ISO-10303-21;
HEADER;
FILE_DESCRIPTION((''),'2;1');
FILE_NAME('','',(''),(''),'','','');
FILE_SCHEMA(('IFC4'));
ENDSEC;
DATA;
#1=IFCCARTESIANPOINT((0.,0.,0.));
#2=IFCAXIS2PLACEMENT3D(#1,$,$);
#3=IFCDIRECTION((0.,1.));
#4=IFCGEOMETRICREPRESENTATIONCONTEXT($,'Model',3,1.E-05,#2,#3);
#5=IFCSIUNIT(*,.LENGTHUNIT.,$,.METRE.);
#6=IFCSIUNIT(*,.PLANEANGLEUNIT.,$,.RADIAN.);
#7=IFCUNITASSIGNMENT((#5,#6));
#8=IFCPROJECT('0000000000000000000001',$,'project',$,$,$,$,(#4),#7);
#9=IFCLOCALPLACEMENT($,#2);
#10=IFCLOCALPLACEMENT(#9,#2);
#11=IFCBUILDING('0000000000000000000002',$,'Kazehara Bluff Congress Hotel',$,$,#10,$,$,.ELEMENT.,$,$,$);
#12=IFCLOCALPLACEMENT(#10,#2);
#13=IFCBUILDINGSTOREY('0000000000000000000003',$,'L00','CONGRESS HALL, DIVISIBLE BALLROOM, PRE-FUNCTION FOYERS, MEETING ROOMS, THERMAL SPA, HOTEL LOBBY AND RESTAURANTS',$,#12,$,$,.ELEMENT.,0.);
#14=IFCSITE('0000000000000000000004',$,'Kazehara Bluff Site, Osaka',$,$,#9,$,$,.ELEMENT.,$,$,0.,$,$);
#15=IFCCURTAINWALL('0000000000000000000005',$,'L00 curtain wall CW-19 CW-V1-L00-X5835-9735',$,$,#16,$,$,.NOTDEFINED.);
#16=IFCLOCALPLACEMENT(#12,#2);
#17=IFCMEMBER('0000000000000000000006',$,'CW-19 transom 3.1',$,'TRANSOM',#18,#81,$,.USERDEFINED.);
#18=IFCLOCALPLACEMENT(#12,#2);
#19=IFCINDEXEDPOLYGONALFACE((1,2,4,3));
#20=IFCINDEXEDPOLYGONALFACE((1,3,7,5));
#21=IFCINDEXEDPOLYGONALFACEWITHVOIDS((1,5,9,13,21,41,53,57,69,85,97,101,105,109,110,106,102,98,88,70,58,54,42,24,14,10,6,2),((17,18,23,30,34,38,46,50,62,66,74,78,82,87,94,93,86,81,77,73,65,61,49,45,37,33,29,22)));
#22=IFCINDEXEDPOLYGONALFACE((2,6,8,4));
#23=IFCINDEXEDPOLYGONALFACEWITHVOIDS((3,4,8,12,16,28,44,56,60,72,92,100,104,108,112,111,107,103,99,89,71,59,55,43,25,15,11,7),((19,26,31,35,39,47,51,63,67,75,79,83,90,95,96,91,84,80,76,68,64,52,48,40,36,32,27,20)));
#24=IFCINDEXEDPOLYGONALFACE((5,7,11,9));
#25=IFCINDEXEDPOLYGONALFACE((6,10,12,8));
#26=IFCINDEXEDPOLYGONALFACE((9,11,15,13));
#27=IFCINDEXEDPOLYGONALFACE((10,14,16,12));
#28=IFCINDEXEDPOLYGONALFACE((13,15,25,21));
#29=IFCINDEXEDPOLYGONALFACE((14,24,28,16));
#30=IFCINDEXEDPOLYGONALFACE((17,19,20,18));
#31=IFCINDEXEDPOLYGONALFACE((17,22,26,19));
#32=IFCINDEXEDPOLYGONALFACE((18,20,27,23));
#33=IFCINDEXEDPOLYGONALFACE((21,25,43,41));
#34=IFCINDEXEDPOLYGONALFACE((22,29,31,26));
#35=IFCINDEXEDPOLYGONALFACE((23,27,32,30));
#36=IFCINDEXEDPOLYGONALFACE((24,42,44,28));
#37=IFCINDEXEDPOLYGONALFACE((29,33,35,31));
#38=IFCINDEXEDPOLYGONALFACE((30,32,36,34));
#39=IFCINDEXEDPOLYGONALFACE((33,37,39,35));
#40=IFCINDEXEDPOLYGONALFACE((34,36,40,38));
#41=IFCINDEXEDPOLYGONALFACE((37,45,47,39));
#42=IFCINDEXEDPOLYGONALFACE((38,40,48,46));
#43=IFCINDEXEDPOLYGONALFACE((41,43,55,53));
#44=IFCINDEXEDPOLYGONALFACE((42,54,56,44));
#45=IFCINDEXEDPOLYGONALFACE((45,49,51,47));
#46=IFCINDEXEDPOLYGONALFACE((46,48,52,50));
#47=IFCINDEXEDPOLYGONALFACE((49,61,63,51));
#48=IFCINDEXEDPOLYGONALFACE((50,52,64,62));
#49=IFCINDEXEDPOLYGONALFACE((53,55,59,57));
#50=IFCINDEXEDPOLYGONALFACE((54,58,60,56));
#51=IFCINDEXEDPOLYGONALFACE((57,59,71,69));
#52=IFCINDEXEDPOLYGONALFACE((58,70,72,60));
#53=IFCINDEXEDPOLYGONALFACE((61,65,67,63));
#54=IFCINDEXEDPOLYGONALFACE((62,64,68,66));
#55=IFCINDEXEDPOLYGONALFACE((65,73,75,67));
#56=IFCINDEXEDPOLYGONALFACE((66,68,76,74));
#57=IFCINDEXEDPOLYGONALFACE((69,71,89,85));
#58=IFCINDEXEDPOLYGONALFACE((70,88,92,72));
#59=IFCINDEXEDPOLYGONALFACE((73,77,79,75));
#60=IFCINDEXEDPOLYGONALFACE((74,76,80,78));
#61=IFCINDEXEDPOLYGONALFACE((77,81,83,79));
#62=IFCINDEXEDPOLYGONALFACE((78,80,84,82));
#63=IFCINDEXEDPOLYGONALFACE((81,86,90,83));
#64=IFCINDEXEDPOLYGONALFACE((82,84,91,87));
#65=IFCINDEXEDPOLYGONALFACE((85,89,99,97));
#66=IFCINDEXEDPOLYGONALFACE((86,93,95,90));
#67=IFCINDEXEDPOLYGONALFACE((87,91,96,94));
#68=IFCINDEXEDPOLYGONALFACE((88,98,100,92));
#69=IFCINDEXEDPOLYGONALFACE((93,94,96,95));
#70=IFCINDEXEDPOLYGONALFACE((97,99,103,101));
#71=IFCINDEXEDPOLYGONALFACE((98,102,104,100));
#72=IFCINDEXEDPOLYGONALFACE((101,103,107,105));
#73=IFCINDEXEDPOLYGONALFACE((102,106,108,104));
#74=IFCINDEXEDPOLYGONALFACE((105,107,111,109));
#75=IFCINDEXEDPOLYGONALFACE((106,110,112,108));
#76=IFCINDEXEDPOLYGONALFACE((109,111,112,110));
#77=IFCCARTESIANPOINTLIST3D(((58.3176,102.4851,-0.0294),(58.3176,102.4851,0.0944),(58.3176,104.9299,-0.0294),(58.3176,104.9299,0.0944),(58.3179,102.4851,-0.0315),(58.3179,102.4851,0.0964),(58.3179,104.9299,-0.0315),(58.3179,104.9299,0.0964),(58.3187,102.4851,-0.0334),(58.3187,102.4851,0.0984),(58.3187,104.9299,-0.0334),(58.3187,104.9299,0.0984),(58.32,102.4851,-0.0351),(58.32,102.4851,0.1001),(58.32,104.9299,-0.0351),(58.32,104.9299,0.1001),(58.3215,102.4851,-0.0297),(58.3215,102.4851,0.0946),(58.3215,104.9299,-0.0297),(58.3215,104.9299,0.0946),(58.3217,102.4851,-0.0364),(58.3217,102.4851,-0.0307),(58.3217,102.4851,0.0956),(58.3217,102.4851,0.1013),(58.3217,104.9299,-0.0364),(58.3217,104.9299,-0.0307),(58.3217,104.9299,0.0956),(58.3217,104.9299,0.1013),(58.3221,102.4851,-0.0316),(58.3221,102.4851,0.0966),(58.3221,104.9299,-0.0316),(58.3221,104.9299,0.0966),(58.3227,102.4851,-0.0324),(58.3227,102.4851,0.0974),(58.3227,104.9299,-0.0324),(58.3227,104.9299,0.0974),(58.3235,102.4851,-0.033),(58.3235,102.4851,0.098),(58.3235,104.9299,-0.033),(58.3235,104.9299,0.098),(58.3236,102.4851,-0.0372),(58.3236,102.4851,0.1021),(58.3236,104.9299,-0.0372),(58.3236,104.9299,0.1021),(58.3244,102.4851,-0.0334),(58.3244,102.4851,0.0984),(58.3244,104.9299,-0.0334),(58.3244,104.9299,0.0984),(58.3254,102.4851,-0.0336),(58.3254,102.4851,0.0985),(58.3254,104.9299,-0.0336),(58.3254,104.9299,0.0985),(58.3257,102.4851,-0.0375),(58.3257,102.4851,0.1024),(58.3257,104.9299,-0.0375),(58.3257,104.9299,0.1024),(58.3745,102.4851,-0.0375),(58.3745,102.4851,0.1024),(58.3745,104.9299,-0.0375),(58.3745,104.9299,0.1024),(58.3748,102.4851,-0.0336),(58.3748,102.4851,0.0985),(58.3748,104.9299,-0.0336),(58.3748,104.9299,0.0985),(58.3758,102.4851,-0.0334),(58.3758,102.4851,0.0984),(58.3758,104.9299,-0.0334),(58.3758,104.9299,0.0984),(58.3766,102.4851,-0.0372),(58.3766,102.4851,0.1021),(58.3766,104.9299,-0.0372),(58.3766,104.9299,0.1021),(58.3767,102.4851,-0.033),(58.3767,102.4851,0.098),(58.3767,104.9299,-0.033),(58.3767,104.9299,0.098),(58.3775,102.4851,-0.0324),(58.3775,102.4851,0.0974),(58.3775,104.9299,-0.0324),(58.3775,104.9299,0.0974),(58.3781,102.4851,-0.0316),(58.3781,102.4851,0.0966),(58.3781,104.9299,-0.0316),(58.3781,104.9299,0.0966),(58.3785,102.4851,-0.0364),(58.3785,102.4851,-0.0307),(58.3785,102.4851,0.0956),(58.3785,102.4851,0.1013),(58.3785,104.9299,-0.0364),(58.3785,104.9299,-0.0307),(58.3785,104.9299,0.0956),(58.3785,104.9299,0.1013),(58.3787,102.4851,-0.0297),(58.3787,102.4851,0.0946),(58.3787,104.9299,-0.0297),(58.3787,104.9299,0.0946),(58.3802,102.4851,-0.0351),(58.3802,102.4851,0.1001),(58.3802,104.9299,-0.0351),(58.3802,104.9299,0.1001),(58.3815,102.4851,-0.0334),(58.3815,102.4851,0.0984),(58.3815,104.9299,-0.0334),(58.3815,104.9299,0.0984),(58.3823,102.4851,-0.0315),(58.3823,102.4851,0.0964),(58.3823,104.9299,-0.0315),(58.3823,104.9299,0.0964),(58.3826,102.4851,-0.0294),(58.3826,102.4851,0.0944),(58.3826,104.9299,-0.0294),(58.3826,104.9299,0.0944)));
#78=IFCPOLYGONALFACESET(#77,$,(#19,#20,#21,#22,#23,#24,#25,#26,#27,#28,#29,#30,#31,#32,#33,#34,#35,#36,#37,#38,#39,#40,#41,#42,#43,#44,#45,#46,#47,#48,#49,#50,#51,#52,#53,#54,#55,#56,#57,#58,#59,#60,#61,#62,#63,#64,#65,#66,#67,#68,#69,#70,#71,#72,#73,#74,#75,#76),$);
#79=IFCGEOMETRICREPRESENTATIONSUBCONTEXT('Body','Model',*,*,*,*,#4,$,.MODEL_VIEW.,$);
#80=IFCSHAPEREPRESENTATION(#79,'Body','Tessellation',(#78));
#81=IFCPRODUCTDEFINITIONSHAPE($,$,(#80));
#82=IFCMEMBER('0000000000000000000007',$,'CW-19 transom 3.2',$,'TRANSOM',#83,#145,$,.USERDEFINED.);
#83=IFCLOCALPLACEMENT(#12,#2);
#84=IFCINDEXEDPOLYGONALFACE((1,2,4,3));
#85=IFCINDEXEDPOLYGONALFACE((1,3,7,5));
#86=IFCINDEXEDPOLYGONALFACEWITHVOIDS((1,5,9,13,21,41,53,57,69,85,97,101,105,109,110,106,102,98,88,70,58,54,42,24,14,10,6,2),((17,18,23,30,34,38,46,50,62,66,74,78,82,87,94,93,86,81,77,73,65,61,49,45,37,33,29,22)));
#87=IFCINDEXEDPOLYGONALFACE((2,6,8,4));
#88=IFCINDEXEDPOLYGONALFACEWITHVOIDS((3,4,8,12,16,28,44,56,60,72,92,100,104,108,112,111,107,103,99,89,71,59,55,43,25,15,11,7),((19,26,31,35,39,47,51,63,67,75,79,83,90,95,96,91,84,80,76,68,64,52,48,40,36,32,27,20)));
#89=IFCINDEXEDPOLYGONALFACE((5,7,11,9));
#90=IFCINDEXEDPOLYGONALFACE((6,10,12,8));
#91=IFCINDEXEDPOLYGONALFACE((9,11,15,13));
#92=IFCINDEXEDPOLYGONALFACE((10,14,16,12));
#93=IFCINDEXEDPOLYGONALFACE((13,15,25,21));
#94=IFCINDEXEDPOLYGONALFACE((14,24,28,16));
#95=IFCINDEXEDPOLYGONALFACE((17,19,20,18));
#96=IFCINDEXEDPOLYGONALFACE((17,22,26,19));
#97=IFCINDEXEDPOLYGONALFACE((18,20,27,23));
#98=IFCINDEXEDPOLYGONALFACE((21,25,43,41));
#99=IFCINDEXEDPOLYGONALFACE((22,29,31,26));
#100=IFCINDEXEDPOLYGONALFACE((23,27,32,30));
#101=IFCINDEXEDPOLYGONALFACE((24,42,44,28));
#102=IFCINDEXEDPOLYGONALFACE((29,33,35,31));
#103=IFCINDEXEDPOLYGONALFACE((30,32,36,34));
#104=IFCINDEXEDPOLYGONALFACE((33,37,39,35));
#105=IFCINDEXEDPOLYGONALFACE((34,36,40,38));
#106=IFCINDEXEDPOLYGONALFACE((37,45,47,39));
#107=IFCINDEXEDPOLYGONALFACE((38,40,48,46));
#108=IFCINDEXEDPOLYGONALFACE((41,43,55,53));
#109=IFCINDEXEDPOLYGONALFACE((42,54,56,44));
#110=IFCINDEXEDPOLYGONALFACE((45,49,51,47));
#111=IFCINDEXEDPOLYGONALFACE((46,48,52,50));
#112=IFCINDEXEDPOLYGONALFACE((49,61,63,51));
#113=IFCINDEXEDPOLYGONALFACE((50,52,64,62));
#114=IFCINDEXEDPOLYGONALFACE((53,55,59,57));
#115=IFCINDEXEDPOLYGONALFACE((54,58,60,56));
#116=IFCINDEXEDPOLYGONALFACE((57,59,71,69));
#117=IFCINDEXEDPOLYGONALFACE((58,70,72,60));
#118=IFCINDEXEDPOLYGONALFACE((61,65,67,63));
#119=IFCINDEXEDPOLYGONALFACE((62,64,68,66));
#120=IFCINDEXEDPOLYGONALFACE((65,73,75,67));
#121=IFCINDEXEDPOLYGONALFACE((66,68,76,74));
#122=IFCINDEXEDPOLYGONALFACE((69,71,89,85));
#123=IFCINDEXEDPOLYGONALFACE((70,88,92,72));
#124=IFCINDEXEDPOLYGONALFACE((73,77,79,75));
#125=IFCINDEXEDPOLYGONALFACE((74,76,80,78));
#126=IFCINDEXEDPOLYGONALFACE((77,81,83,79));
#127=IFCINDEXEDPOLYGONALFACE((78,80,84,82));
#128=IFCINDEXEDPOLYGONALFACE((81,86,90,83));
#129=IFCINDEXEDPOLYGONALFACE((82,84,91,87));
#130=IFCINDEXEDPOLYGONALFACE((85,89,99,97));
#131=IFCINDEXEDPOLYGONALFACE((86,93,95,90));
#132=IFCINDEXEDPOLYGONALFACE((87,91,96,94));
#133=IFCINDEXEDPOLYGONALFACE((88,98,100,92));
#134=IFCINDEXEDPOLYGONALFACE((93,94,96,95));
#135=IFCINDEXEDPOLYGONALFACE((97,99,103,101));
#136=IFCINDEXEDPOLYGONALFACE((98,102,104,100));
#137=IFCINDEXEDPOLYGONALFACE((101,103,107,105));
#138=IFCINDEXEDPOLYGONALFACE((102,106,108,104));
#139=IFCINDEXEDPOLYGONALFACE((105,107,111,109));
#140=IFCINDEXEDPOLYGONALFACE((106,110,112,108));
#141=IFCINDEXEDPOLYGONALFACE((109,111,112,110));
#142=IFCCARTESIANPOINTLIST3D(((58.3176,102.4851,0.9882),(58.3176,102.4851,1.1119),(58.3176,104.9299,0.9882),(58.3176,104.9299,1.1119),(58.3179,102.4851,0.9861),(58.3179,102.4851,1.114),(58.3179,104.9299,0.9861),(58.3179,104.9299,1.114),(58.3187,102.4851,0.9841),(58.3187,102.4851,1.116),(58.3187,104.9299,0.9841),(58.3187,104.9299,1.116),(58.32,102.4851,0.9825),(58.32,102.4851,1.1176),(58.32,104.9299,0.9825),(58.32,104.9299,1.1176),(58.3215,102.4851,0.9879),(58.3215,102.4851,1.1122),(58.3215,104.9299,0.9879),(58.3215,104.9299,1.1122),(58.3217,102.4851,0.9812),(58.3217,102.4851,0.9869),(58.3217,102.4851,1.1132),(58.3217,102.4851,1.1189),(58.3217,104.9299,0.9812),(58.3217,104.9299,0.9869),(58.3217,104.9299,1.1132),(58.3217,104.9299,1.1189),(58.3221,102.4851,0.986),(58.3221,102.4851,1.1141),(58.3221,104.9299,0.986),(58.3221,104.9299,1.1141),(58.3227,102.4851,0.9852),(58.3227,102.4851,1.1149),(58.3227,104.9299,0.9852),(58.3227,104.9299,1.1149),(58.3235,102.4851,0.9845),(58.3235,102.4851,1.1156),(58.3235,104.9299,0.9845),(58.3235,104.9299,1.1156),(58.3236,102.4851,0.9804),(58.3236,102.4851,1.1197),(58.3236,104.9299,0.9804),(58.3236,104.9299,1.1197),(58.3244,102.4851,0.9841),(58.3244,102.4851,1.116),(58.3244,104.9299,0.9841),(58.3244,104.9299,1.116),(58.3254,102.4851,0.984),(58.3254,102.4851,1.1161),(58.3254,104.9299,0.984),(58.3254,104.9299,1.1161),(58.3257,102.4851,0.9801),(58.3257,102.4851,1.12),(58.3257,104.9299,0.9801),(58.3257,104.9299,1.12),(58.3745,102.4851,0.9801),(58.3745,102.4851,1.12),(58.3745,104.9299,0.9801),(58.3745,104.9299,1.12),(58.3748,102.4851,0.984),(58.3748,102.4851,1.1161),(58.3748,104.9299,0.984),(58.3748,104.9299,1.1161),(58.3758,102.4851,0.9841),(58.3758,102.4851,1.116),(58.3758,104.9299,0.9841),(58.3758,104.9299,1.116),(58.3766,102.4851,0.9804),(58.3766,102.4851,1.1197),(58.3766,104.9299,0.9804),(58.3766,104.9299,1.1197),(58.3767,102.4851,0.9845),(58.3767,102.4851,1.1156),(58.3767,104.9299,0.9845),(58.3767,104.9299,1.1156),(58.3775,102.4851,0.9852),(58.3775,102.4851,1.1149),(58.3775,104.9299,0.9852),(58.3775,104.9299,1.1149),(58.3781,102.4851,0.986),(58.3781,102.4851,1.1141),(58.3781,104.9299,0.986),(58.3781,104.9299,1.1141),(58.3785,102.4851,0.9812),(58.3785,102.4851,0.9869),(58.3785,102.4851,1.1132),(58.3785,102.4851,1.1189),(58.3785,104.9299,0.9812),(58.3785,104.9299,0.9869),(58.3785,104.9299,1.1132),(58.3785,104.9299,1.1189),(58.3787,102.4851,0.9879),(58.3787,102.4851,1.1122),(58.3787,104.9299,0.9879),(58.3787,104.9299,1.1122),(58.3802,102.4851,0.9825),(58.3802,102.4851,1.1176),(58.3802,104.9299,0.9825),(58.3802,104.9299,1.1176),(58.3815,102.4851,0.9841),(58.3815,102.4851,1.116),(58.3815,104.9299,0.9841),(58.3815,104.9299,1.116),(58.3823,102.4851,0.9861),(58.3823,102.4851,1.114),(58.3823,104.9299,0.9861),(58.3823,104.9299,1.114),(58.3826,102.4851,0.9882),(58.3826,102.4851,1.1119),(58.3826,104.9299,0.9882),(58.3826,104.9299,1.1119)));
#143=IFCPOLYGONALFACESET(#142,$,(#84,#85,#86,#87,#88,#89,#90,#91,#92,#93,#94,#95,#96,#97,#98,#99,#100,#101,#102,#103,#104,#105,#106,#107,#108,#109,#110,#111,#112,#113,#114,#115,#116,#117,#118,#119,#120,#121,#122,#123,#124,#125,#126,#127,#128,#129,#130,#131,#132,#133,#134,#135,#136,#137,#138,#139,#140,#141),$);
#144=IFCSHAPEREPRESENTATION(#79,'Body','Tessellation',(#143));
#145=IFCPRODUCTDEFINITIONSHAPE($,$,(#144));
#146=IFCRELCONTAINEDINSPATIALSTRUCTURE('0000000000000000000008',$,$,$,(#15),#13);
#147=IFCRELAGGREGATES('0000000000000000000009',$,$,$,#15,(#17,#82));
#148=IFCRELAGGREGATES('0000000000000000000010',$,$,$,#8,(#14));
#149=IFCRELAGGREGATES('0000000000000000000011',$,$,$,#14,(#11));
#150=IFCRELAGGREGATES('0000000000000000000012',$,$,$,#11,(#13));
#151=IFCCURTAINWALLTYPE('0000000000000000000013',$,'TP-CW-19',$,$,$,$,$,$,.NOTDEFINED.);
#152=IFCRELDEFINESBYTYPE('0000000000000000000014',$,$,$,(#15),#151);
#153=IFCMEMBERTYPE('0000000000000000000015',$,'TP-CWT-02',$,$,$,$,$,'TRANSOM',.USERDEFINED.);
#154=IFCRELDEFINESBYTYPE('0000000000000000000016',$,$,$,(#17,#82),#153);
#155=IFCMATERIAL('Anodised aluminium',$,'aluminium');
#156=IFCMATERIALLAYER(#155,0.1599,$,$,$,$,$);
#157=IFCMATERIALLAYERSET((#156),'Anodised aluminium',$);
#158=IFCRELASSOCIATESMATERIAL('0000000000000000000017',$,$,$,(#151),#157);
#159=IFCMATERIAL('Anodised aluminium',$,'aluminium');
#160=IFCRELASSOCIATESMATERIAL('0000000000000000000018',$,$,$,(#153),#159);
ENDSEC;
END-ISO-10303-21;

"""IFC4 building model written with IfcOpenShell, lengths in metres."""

from ifc_helpers import new_model, si_unit, direction, frame, origin, origin_2d, place, context, subcontext, project, spatial, hollow_rectangle, extrude, material, layer, layer_set, material_profile, profile_set, type_object, element, aggregate, save


model = new_model("IFC4")

# Units and contexts
model_context = context("Model", 3, precision=1e-05, world=origin(), true_north=direction((0.0, 1.0)))
body_context = subcontext(model_context, "Body", "Model", "MODEL_VIEW")
ifc_project = project(units=[si_unit("LENGTHUNIT", "METRE"), si_unit("PLANEANGLEUNIT", "RADIAN")], contexts=[model_context])

# Site, building, storey
site_placement = place(None, origin())
site = spatial("IfcSite", under=ifc_project, at=site_placement, Name="Kazehara Bluff Site, Osaka", CompositionType="ELEMENT", RefElevation=0.0)
building_placement = place(site_placement, origin())
building = spatial("IfcBuilding", under=site, at=building_placement, Name="Kazehara Bluff Congress Hotel", CompositionType="ELEMENT")
storey_placement = place(building_placement, origin())
storey = spatial("IfcBuildingStorey", under=building, at=storey_placement, Name="L00", Description="CONGRESS HALL, DIVISIBLE BALLROOM, PRE-FUNCTION FOYERS, MEETING ROOMS, THERMAL SPA, HOTEL LOBBY AND RESTAURANTS", CompositionType="ELEMENT", Elevation=0.0)

# Curtain wall, members
ifc_material_1 = material(Name="Anodised aluminium", Category="aluminium")
ifc_layer_1 = layer(ifc_material_1, 0.1599)
ifc_layer_set_1 = layer_set([ifc_layer_1], Name="Anodised aluminium")
curtain_wall_type_1 = type_object("IfcCurtainWallType", Name="TP-CW-19", PredefinedType="NOTDEFINED", material=ifc_layer_set_1)
curtain_wall_1_placement = place(storey_placement, origin())
curtain_wall_1 = element("IfcCurtainWall", 1, at=curtain_wall_1_placement, inside=storey, type_object=curtain_wall_type_1, Name="L00 curtain wall CW-19 CW-V1-L00-X5835-9735", PredefinedType="NOTDEFINED")
ifc_material_2 = material(Name="Anodised aluminium", Category="aluminium")
ifc_material_profile_1 = material_profile(ifc_material_2, hollow_rectangle(XDim=0.0649, YDim=0.1399, WallThickness=0.0039, InnerFilletRadius=0.0039, OuterFilletRadius=0.0081, at=origin_2d()))
ifc_profile_set_1 = profile_set([ifc_material_profile_1], Name="Anodised aluminium")
member_type_1 = type_object("IfcMemberType", Name="TP-CWT-02", ElementType="TRANSOM", PredefinedType="USERDEFINED", material=ifc_profile_set_1)
member_1_placement = place(storey_placement, frame((58.3501, 102.4851, 0.0325), z_axis=(0.0, 1.0, 0.0), x_axis=(-1.0, 0.0, 0.0)))
member_1 = element("IfcMember", 2, at=member_1_placement, type_object=member_type_1, Name="CW-19 transom 3.1", ObjectType="TRANSOM", PredefinedType="USERDEFINED", context=body_context, shape_type="SweptSolid", body=[
    extrude(hollow_rectangle(XDim=0.0649, YDim=0.1399, WallThickness=0.0039, InnerFilletRadius=0.0039, OuterFilletRadius=0.0081, at=origin_2d()), origin(), (0.0, 0.0, 1.0), 2.4448),
])
member_2_placement = place(storey_placement, frame((58.3501, 102.4851, 1.05), z_axis=(0.0, 1.0, 0.0), x_axis=(-1.0, 0.0, 0.0)))
member_2 = element("IfcMember", 3, at=member_2_placement, type_object=member_type_1, Name="CW-19 transom 3.2", ObjectType="TRANSOM", PredefinedType="USERDEFINED", context=body_context, shape_type="SweptSolid", body=[
    extrude(hollow_rectangle(XDim=0.0649, YDim=0.1399, WallThickness=0.0039, InnerFilletRadius=0.0039, OuterFilletRadius=0.0081, at=origin_2d()), origin(), (0.0, 0.0, 1.0), 2.4448),
])

aggregate(curtain_wall_1, [member_1, member_2])

save(model, "model.ifc")
